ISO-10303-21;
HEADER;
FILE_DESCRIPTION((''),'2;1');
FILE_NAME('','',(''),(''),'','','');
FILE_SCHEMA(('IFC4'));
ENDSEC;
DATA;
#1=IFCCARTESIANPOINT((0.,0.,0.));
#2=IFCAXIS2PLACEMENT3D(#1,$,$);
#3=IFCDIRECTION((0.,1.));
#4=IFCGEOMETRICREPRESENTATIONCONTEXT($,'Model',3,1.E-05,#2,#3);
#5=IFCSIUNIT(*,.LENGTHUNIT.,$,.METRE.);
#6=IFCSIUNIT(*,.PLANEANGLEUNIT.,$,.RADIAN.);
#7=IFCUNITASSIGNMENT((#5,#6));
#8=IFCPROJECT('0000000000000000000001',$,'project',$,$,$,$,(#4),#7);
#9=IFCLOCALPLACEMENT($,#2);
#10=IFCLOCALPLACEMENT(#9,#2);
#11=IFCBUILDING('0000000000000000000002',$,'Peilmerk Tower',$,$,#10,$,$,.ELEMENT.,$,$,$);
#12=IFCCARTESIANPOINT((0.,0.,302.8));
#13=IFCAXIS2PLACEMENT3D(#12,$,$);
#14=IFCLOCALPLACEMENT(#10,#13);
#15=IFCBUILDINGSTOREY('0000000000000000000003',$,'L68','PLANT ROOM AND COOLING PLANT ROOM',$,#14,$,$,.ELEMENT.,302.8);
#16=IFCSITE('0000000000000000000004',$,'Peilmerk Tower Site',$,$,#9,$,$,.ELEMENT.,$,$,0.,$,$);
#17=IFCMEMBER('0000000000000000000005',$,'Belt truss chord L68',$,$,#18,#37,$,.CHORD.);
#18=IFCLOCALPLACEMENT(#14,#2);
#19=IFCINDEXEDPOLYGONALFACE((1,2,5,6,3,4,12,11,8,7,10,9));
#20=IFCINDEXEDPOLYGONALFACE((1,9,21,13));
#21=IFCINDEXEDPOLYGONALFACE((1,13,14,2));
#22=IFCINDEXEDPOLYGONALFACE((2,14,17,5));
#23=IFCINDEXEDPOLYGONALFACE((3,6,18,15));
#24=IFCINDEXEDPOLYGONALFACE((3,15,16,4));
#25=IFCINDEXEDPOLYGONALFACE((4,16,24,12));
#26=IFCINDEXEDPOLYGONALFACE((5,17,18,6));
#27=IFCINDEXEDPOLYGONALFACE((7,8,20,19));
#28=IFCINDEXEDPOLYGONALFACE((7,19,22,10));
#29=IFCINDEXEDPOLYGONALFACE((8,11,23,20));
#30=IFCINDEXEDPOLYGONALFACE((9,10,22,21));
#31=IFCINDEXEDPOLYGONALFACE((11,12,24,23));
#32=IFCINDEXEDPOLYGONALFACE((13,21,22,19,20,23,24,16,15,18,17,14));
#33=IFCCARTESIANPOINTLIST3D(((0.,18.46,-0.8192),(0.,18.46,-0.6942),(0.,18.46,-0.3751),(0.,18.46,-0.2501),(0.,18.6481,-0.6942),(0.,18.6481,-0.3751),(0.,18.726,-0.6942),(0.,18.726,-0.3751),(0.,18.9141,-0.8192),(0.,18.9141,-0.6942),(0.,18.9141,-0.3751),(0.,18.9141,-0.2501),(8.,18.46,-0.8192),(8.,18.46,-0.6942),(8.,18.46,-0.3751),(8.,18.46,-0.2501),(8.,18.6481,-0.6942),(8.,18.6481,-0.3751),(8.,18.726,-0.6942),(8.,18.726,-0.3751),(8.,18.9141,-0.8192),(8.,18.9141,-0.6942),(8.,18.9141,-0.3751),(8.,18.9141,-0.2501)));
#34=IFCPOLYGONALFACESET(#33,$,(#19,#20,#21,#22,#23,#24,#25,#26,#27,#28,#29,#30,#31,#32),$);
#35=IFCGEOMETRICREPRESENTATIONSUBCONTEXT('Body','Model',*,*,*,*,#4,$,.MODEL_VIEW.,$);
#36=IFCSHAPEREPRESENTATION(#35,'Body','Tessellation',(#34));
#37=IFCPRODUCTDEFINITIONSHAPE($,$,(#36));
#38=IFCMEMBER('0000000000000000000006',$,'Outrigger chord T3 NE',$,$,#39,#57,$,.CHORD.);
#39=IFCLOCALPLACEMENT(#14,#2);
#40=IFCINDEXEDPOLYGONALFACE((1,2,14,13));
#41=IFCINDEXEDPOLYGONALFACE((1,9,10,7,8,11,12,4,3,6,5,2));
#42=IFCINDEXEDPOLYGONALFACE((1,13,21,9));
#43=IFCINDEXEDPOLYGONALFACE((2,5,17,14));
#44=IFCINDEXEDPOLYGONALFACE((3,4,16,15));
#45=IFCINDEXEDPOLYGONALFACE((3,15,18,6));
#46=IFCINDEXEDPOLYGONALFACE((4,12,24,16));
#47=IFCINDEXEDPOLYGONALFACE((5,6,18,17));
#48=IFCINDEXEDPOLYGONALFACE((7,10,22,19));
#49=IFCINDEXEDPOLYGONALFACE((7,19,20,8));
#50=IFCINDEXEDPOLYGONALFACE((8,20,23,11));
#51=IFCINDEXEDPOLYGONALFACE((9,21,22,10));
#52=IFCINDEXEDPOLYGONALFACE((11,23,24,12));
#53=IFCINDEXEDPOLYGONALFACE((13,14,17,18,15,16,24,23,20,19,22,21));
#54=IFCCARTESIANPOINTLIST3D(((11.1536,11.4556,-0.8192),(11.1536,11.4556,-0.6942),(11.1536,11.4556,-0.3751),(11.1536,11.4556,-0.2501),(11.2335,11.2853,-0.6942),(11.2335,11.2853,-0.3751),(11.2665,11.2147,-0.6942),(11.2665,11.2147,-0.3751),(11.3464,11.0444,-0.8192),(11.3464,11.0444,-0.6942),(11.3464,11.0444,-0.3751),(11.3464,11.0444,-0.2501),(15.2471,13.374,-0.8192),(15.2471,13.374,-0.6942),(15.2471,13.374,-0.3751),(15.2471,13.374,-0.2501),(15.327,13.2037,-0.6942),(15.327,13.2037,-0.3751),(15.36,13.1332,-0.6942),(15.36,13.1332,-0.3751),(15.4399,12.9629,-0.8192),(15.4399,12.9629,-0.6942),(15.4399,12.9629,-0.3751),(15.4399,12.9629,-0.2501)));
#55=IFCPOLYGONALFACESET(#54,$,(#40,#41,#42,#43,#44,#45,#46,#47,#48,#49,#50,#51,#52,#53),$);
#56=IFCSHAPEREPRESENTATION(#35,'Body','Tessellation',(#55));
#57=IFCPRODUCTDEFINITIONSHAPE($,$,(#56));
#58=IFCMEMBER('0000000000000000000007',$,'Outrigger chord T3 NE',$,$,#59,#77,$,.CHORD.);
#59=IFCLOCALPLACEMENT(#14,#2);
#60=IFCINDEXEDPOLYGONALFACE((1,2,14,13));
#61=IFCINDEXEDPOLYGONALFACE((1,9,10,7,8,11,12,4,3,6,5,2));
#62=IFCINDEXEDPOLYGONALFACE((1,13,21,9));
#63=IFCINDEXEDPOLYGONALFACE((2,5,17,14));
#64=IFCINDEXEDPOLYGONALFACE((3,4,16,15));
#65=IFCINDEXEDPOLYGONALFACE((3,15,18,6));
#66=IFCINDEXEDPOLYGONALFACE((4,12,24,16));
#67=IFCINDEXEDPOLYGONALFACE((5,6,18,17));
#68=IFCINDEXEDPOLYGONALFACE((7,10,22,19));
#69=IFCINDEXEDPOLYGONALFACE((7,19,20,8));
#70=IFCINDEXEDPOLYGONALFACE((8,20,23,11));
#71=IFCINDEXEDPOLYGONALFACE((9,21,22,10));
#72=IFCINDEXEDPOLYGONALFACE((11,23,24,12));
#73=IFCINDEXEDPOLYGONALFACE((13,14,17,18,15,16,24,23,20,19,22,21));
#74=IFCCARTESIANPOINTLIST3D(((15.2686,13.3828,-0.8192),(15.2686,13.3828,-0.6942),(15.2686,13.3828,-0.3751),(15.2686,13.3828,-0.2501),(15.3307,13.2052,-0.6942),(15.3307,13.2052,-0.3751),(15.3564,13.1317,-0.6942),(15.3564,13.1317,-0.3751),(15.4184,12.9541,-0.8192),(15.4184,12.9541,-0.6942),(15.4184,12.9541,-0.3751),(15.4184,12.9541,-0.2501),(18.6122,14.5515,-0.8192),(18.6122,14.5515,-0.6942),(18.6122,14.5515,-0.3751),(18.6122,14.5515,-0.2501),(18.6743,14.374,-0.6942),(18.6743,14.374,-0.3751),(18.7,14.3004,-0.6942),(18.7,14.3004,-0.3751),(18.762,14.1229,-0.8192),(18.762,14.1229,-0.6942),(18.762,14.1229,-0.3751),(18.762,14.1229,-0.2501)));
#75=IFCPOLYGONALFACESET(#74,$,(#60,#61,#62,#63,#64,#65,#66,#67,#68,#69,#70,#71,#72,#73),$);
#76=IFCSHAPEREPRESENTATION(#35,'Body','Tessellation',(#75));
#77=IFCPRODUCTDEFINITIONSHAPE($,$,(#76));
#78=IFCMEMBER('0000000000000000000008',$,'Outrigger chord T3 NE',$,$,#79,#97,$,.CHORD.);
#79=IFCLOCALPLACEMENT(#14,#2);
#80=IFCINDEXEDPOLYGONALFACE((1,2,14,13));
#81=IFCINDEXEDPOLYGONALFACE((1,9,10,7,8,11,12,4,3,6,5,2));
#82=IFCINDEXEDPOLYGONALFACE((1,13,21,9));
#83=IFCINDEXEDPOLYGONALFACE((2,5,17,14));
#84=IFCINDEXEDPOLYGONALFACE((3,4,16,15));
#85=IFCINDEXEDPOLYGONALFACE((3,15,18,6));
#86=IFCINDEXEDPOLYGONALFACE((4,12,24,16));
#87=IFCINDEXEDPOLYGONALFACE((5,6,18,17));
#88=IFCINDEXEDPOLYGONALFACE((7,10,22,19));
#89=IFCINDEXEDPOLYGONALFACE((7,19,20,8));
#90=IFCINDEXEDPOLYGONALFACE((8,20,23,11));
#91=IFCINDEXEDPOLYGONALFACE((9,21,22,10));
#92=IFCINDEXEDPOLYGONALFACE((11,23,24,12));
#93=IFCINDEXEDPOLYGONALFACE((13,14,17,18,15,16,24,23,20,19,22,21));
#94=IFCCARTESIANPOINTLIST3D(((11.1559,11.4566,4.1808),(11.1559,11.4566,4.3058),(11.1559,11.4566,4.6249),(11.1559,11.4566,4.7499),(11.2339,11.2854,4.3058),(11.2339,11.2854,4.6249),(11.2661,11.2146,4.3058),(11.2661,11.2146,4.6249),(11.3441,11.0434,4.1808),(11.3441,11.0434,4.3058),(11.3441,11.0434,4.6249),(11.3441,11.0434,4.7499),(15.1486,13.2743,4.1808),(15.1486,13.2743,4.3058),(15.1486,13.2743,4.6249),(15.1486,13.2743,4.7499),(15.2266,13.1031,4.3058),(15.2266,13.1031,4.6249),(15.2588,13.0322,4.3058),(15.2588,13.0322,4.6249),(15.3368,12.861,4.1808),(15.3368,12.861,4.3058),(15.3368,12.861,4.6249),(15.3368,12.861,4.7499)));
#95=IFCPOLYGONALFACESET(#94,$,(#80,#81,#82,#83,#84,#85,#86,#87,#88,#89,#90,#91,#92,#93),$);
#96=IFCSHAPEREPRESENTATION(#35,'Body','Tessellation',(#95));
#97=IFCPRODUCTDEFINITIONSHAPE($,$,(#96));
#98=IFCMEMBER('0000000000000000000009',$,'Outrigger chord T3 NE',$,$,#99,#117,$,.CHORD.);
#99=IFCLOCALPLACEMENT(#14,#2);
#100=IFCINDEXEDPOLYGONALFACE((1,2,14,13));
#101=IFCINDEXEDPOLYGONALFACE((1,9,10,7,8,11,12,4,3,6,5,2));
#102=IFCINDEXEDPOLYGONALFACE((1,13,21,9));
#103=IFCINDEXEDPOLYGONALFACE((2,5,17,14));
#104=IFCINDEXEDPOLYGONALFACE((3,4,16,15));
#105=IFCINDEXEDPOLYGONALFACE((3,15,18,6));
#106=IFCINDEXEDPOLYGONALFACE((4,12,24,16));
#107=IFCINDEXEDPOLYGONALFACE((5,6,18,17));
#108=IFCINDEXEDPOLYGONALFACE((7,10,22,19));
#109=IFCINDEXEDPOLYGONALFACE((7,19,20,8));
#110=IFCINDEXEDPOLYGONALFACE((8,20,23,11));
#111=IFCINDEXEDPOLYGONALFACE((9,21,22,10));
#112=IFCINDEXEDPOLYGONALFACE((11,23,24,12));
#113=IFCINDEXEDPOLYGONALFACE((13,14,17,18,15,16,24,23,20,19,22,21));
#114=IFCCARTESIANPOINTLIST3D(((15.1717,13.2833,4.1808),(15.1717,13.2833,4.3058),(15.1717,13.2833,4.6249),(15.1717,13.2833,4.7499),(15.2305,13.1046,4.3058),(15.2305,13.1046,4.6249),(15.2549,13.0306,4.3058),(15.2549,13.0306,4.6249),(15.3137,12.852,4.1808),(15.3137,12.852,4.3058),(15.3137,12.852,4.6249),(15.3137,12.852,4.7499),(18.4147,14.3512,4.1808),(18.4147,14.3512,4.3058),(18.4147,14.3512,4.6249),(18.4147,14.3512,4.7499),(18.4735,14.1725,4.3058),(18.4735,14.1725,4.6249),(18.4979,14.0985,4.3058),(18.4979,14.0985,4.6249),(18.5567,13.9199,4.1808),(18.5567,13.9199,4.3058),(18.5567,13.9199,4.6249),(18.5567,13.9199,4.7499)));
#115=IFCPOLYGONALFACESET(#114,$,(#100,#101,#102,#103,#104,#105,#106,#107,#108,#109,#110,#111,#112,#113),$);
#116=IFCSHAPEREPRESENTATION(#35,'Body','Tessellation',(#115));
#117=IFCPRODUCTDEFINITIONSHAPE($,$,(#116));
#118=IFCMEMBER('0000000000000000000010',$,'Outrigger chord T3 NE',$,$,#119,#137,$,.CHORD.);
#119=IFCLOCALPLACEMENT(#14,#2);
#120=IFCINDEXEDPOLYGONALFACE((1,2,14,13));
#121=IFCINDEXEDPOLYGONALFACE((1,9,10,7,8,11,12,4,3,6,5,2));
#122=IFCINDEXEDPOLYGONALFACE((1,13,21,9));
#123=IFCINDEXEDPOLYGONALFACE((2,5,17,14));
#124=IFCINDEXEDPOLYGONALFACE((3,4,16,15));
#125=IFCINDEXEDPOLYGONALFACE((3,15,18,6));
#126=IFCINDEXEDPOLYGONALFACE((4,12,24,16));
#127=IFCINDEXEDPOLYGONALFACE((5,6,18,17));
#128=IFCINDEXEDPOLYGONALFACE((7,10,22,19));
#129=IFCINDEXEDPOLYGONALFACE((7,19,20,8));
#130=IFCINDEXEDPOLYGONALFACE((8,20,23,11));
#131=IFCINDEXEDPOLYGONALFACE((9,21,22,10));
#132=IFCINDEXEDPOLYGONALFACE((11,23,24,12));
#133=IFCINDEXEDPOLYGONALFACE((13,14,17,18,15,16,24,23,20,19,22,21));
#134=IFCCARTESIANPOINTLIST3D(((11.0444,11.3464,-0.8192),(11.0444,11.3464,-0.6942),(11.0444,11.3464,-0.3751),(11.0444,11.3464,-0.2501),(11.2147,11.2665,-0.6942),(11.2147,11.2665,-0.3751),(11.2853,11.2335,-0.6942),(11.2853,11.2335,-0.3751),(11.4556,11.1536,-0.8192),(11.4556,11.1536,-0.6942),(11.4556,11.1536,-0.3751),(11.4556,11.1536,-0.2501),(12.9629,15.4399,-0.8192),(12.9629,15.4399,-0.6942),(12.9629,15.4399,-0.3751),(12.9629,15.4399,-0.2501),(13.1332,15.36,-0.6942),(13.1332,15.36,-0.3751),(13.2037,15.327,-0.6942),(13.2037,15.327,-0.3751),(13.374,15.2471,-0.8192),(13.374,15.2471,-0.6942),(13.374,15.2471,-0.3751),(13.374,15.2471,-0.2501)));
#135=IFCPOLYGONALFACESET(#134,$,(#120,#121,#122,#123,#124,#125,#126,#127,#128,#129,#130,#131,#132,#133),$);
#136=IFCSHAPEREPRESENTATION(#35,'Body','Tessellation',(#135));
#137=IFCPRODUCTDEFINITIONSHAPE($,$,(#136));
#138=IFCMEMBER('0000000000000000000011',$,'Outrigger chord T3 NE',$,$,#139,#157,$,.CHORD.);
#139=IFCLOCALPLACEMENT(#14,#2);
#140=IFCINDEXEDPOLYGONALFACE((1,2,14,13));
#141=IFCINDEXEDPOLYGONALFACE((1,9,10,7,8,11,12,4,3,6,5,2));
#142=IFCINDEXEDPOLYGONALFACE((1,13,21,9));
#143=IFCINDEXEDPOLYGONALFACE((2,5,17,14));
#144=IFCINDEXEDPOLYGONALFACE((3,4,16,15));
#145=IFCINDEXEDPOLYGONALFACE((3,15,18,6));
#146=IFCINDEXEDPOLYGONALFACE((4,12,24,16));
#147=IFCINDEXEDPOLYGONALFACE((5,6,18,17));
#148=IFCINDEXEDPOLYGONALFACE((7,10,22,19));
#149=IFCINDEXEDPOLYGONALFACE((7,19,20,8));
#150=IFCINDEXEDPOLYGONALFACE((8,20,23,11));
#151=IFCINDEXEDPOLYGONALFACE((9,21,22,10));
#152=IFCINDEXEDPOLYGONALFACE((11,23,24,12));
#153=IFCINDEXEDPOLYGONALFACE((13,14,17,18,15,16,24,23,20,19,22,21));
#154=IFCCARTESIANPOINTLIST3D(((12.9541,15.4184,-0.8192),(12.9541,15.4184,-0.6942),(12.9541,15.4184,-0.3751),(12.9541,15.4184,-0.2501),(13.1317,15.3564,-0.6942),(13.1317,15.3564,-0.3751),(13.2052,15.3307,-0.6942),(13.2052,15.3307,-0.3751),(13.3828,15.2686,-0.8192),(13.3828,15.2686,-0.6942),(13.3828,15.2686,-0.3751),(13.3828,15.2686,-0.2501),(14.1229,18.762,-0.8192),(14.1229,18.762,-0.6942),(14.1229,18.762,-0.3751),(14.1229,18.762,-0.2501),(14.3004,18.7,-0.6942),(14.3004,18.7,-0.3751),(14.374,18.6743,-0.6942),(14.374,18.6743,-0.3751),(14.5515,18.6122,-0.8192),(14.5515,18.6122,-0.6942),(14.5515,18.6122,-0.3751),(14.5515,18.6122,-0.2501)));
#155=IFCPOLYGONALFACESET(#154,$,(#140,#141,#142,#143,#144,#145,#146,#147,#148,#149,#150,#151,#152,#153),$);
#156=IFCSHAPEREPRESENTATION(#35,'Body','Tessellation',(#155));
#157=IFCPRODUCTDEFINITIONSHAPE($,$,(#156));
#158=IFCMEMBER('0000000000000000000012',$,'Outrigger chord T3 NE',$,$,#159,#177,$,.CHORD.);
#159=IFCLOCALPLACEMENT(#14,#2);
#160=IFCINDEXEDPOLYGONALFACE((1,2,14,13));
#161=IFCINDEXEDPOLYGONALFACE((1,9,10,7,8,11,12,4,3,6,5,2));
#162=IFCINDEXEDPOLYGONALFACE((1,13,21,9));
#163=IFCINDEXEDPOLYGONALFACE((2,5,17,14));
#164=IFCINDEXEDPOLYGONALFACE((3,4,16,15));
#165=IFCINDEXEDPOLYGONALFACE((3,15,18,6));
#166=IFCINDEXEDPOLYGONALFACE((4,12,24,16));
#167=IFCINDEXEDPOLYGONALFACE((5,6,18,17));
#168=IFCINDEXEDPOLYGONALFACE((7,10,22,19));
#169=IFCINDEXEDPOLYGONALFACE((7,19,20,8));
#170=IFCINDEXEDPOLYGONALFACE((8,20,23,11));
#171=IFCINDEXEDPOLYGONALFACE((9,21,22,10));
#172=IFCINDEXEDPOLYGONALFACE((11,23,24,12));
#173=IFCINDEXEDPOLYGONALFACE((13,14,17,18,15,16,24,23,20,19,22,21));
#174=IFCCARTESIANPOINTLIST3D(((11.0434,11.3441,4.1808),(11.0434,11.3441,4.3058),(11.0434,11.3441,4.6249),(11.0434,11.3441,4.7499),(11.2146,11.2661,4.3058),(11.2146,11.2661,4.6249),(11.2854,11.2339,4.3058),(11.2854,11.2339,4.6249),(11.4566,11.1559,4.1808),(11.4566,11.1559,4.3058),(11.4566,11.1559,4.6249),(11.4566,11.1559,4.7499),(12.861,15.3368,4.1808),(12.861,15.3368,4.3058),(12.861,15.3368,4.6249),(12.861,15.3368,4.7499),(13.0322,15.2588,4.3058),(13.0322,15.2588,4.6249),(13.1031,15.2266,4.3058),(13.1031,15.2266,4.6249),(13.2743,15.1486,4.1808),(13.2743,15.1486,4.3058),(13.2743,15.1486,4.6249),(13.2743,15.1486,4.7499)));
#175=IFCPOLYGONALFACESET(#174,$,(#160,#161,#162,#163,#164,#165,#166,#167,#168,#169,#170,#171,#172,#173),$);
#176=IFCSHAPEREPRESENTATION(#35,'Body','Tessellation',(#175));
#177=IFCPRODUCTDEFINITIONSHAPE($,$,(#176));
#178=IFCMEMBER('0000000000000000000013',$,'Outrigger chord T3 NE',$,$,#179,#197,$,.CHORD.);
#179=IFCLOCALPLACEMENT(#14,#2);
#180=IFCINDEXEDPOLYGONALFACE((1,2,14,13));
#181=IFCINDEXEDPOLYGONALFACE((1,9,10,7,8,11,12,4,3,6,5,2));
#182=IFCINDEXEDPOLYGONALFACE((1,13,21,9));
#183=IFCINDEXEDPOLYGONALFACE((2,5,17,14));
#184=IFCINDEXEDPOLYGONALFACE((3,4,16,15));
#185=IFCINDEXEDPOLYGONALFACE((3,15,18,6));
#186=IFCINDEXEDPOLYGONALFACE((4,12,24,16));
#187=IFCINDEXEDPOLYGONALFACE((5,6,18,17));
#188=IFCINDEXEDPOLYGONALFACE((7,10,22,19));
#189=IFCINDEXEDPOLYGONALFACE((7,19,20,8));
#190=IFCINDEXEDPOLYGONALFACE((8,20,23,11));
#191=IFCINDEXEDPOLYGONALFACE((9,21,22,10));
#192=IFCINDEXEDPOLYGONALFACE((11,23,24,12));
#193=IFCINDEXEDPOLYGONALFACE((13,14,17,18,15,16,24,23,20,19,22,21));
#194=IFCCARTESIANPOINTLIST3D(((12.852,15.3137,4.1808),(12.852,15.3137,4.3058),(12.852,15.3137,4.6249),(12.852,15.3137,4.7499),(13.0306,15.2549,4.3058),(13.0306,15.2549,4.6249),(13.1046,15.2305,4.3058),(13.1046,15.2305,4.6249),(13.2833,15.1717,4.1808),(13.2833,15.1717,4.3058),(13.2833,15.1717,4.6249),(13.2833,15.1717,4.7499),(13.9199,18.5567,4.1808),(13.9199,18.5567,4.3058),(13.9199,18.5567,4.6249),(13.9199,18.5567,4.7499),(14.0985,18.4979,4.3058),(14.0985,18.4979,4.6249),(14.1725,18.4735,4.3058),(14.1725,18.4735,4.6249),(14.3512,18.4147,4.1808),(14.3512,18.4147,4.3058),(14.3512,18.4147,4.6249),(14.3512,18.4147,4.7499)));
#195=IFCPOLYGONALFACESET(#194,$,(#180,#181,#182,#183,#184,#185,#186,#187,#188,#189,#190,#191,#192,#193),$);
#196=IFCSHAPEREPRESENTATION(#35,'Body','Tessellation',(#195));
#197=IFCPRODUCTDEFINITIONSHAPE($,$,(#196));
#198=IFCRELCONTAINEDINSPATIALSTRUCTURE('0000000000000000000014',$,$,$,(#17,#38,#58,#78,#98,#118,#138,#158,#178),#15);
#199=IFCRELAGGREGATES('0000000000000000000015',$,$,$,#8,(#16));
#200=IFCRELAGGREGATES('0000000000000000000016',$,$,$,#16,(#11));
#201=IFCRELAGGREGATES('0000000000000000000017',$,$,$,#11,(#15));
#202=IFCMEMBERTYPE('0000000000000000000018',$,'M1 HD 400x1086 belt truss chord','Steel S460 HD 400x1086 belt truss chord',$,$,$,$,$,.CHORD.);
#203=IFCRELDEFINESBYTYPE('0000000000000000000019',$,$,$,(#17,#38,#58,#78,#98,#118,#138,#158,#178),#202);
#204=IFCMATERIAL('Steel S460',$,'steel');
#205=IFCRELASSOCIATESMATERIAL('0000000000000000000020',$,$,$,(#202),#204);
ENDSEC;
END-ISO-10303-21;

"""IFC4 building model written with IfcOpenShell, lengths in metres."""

from ifc_helpers import new_model, si_unit, direction, frame, origin, origin_2d, place, context, subcontext, project, spatial, i_section, extrude, material, material_profile, profile_set, type_object, element, save


model = new_model("IFC4")

# Units and contexts
model_context = context("Model", 3, precision=1e-05, world=origin(), true_north=direction((0.0, 1.0)))
body_context = subcontext(model_context, "Body", "Model", "MODEL_VIEW")
ifc_project = project(units=[si_unit("LENGTHUNIT", "METRE"), si_unit("PLANEANGLEUNIT", "RADIAN")], contexts=[model_context])

# Site, building, storey
site_placement = place(None, origin())
site = spatial("IfcSite", under=ifc_project, at=site_placement, Name="Peilmerk Tower Site", CompositionType="ELEMENT", RefElevation=0.0)
building_placement = place(site_placement, origin())
building = spatial("IfcBuilding", under=site, at=building_placement, Name="Peilmerk Tower", CompositionType="ELEMENT")
storey_placement = place(building_placement, frame((0.0, 0.0, 302.8)))
storey = spatial("IfcBuildingStorey", under=building, at=storey_placement, Name="L68", Description="PLANT ROOM AND COOLING PLANT ROOM", CompositionType="ELEMENT", Elevation=302.8)

# Shared definitions
ifc_material_1 = material(Name="Steel S460", Category="steel")

# Members
ifc_material_profile_1 = material_profile(ifc_material_1, i_section(OverallWidth=0.4541, OverallDepth=0.5691, WebThickness=0.0779, FlangeThickness=0.125, at=origin_2d()), Name="HD 400x1086")
ifc_profile_set_1 = profile_set([ifc_material_profile_1], Name="Steel S460")
member_type_1 = type_object("IfcMemberType", Name="M1 HD 400x1086 belt truss chord", Description="Steel S460 HD 400x1086 belt truss chord", PredefinedType="CHORD", material=ifc_profile_set_1)
member_1_placement = place(storey_placement, frame((8.0, 18.687, -0.5347), z_axis=(-1.0, 0.0, 0.0), x_axis=(0.0, -1.0, 0.0)))
element("IfcMember", 1, at=member_1_placement, inside=storey, type_object=member_type_1, Name="Belt truss chord L68", PredefinedType="CHORD", context=body_context, shape_type="SweptSolid", body=[
    extrude(i_section(OverallWidth=0.4541, OverallDepth=0.5691, WebThickness=0.0779, FlangeThickness=0.125, at=origin_2d()), origin(), (0.0, 0.0, 1.0), 8.0),
])
member_2_placement = place(storey_placement, frame((11.25, 11.25, -0.5347), z_axis=(0.905491, 0.424366, 0.0), x_axis=(-0.424366, 0.905491, 0.0)))
element("IfcMember", 2, at=member_2_placement, inside=storey, type_object=member_type_1, Name="Outrigger chord T3 NE", PredefinedType="CHORD", context=body_context, shape_type="SweptSolid", body=[
    extrude(i_section(OverallWidth=0.4541, OverallDepth=0.5691, WebThickness=0.0779, FlangeThickness=0.125, at=origin_2d()), origin(), (0.0, 0.0, 1.0), 4.5208),
])
member_3_placement = place(storey_placement, frame((15.3435, 13.1685, -0.5347), z_axis=(0.943993, 0.329967, 0.0), x_axis=(-0.329967, 0.943993, 0.0)))
element("IfcMember", 3, at=member_3_placement, inside=storey, type_object=member_type_1, Name="Outrigger chord T3 NE", PredefinedType="CHORD", context=body_context, shape_type="SweptSolid", body=[
    extrude(i_section(OverallWidth=0.4541, OverallDepth=0.5691, WebThickness=0.0779, FlangeThickness=0.125, at=origin_2d()), origin(), (0.0, 0.0, 1.0), 3.542),
])
member_4_placement = place(storey_placement, frame((11.25, 11.25, 4.4653), z_axis=(0.910128, 0.414327, 0.0), x_axis=(-0.414327, 0.910128, 0.0)))
element("IfcMember", 4, at=member_4_placement, inside=storey, type_object=member_type_1, Name="Outrigger chord T3 NE", PredefinedType="CHORD", context=body_context, shape_type="SweptSolid", body=[
    extrude(i_section(OverallWidth=0.4541, OverallDepth=0.5691, WebThickness=0.0779, FlangeThickness=0.125, at=origin_2d()), origin(), (0.0, 0.0, 1.0), 4.387),
])
member_5_placement = place(storey_placement, frame((15.2427, 13.0676, 4.4653), z_axis=(0.949828, 0.312772, 0.0), x_axis=(-0.312772, 0.949828, 0.0)))
element("IfcMember", 5, at=member_5_placement, inside=storey, type_object=member_type_1, Name="Outrigger chord T3 NE", PredefinedType="CHORD", context=body_context, shape_type="SweptSolid", body=[
    extrude(i_section(OverallWidth=0.4541, OverallDepth=0.5691, WebThickness=0.0779, FlangeThickness=0.125, at=origin_2d()), origin(), (0.0, 0.0, 1.0), 3.4143),
])
member_6_placement = place(storey_placement, frame((11.25, 11.25, -0.5347), z_axis=(0.424366, 0.905491, 0.0), x_axis=(-0.905491, 0.424366, 0.0)))
element("IfcMember", 6, at=member_6_placement, inside=storey, type_object=member_type_1, Name="Outrigger chord T3 NE", PredefinedType="CHORD", context=body_context, shape_type="SweptSolid", body=[
    extrude(i_section(OverallWidth=0.4541, OverallDepth=0.5691, WebThickness=0.0779, FlangeThickness=0.125, at=origin_2d()), origin(), (0.0, 0.0, 1.0), 4.5208),
])
member_7_placement = place(storey_placement, frame((13.1685, 15.3435, -0.5347), z_axis=(0.329967, 0.943993, 0.0), x_axis=(-0.943993, 0.329967, 0.0)))
element("IfcMember", 7, at=member_7_placement, inside=storey, type_object=member_type_1, Name="Outrigger chord T3 NE", PredefinedType="CHORD", context=body_context, shape_type="SweptSolid", body=[
    extrude(i_section(OverallWidth=0.4541, OverallDepth=0.5691, WebThickness=0.0779, FlangeThickness=0.125, at=origin_2d()), origin(), (0.0, 0.0, 1.0), 3.542),
])
member_8_placement = place(storey_placement, frame((11.25, 11.25, 4.4653), z_axis=(0.414327, 0.910128, 0.0), x_axis=(-0.910128, 0.414327, 0.0)))
element("IfcMember", 8, at=member_8_placement, inside=storey, type_object=member_type_1, Name="Outrigger chord T3 NE", PredefinedType="CHORD", context=body_context, shape_type="SweptSolid", body=[
    extrude(i_section(OverallWidth=0.4541, OverallDepth=0.5691, WebThickness=0.0779, FlangeThickness=0.125, at=origin_2d()), origin(), (0.0, 0.0, 1.0), 4.387),
])
member_9_placement = place(storey_placement, frame((13.0676, 15.2427, 4.4653), z_axis=(0.312772, 0.949828, 0.0), x_axis=(-0.949828, 0.312772, 0.0)))
element("IfcMember", 9, at=member_9_placement, inside=storey, type_object=member_type_1, Name="Outrigger chord T3 NE", PredefinedType="CHORD", context=body_context, shape_type="SweptSolid", body=[
    extrude(i_section(OverallWidth=0.4541, OverallDepth=0.5691, WebThickness=0.0779, FlangeThickness=0.125, at=origin_2d()), origin(), (0.0, 0.0, 1.0), 3.4143),
])

save(model, "model.ifc")
